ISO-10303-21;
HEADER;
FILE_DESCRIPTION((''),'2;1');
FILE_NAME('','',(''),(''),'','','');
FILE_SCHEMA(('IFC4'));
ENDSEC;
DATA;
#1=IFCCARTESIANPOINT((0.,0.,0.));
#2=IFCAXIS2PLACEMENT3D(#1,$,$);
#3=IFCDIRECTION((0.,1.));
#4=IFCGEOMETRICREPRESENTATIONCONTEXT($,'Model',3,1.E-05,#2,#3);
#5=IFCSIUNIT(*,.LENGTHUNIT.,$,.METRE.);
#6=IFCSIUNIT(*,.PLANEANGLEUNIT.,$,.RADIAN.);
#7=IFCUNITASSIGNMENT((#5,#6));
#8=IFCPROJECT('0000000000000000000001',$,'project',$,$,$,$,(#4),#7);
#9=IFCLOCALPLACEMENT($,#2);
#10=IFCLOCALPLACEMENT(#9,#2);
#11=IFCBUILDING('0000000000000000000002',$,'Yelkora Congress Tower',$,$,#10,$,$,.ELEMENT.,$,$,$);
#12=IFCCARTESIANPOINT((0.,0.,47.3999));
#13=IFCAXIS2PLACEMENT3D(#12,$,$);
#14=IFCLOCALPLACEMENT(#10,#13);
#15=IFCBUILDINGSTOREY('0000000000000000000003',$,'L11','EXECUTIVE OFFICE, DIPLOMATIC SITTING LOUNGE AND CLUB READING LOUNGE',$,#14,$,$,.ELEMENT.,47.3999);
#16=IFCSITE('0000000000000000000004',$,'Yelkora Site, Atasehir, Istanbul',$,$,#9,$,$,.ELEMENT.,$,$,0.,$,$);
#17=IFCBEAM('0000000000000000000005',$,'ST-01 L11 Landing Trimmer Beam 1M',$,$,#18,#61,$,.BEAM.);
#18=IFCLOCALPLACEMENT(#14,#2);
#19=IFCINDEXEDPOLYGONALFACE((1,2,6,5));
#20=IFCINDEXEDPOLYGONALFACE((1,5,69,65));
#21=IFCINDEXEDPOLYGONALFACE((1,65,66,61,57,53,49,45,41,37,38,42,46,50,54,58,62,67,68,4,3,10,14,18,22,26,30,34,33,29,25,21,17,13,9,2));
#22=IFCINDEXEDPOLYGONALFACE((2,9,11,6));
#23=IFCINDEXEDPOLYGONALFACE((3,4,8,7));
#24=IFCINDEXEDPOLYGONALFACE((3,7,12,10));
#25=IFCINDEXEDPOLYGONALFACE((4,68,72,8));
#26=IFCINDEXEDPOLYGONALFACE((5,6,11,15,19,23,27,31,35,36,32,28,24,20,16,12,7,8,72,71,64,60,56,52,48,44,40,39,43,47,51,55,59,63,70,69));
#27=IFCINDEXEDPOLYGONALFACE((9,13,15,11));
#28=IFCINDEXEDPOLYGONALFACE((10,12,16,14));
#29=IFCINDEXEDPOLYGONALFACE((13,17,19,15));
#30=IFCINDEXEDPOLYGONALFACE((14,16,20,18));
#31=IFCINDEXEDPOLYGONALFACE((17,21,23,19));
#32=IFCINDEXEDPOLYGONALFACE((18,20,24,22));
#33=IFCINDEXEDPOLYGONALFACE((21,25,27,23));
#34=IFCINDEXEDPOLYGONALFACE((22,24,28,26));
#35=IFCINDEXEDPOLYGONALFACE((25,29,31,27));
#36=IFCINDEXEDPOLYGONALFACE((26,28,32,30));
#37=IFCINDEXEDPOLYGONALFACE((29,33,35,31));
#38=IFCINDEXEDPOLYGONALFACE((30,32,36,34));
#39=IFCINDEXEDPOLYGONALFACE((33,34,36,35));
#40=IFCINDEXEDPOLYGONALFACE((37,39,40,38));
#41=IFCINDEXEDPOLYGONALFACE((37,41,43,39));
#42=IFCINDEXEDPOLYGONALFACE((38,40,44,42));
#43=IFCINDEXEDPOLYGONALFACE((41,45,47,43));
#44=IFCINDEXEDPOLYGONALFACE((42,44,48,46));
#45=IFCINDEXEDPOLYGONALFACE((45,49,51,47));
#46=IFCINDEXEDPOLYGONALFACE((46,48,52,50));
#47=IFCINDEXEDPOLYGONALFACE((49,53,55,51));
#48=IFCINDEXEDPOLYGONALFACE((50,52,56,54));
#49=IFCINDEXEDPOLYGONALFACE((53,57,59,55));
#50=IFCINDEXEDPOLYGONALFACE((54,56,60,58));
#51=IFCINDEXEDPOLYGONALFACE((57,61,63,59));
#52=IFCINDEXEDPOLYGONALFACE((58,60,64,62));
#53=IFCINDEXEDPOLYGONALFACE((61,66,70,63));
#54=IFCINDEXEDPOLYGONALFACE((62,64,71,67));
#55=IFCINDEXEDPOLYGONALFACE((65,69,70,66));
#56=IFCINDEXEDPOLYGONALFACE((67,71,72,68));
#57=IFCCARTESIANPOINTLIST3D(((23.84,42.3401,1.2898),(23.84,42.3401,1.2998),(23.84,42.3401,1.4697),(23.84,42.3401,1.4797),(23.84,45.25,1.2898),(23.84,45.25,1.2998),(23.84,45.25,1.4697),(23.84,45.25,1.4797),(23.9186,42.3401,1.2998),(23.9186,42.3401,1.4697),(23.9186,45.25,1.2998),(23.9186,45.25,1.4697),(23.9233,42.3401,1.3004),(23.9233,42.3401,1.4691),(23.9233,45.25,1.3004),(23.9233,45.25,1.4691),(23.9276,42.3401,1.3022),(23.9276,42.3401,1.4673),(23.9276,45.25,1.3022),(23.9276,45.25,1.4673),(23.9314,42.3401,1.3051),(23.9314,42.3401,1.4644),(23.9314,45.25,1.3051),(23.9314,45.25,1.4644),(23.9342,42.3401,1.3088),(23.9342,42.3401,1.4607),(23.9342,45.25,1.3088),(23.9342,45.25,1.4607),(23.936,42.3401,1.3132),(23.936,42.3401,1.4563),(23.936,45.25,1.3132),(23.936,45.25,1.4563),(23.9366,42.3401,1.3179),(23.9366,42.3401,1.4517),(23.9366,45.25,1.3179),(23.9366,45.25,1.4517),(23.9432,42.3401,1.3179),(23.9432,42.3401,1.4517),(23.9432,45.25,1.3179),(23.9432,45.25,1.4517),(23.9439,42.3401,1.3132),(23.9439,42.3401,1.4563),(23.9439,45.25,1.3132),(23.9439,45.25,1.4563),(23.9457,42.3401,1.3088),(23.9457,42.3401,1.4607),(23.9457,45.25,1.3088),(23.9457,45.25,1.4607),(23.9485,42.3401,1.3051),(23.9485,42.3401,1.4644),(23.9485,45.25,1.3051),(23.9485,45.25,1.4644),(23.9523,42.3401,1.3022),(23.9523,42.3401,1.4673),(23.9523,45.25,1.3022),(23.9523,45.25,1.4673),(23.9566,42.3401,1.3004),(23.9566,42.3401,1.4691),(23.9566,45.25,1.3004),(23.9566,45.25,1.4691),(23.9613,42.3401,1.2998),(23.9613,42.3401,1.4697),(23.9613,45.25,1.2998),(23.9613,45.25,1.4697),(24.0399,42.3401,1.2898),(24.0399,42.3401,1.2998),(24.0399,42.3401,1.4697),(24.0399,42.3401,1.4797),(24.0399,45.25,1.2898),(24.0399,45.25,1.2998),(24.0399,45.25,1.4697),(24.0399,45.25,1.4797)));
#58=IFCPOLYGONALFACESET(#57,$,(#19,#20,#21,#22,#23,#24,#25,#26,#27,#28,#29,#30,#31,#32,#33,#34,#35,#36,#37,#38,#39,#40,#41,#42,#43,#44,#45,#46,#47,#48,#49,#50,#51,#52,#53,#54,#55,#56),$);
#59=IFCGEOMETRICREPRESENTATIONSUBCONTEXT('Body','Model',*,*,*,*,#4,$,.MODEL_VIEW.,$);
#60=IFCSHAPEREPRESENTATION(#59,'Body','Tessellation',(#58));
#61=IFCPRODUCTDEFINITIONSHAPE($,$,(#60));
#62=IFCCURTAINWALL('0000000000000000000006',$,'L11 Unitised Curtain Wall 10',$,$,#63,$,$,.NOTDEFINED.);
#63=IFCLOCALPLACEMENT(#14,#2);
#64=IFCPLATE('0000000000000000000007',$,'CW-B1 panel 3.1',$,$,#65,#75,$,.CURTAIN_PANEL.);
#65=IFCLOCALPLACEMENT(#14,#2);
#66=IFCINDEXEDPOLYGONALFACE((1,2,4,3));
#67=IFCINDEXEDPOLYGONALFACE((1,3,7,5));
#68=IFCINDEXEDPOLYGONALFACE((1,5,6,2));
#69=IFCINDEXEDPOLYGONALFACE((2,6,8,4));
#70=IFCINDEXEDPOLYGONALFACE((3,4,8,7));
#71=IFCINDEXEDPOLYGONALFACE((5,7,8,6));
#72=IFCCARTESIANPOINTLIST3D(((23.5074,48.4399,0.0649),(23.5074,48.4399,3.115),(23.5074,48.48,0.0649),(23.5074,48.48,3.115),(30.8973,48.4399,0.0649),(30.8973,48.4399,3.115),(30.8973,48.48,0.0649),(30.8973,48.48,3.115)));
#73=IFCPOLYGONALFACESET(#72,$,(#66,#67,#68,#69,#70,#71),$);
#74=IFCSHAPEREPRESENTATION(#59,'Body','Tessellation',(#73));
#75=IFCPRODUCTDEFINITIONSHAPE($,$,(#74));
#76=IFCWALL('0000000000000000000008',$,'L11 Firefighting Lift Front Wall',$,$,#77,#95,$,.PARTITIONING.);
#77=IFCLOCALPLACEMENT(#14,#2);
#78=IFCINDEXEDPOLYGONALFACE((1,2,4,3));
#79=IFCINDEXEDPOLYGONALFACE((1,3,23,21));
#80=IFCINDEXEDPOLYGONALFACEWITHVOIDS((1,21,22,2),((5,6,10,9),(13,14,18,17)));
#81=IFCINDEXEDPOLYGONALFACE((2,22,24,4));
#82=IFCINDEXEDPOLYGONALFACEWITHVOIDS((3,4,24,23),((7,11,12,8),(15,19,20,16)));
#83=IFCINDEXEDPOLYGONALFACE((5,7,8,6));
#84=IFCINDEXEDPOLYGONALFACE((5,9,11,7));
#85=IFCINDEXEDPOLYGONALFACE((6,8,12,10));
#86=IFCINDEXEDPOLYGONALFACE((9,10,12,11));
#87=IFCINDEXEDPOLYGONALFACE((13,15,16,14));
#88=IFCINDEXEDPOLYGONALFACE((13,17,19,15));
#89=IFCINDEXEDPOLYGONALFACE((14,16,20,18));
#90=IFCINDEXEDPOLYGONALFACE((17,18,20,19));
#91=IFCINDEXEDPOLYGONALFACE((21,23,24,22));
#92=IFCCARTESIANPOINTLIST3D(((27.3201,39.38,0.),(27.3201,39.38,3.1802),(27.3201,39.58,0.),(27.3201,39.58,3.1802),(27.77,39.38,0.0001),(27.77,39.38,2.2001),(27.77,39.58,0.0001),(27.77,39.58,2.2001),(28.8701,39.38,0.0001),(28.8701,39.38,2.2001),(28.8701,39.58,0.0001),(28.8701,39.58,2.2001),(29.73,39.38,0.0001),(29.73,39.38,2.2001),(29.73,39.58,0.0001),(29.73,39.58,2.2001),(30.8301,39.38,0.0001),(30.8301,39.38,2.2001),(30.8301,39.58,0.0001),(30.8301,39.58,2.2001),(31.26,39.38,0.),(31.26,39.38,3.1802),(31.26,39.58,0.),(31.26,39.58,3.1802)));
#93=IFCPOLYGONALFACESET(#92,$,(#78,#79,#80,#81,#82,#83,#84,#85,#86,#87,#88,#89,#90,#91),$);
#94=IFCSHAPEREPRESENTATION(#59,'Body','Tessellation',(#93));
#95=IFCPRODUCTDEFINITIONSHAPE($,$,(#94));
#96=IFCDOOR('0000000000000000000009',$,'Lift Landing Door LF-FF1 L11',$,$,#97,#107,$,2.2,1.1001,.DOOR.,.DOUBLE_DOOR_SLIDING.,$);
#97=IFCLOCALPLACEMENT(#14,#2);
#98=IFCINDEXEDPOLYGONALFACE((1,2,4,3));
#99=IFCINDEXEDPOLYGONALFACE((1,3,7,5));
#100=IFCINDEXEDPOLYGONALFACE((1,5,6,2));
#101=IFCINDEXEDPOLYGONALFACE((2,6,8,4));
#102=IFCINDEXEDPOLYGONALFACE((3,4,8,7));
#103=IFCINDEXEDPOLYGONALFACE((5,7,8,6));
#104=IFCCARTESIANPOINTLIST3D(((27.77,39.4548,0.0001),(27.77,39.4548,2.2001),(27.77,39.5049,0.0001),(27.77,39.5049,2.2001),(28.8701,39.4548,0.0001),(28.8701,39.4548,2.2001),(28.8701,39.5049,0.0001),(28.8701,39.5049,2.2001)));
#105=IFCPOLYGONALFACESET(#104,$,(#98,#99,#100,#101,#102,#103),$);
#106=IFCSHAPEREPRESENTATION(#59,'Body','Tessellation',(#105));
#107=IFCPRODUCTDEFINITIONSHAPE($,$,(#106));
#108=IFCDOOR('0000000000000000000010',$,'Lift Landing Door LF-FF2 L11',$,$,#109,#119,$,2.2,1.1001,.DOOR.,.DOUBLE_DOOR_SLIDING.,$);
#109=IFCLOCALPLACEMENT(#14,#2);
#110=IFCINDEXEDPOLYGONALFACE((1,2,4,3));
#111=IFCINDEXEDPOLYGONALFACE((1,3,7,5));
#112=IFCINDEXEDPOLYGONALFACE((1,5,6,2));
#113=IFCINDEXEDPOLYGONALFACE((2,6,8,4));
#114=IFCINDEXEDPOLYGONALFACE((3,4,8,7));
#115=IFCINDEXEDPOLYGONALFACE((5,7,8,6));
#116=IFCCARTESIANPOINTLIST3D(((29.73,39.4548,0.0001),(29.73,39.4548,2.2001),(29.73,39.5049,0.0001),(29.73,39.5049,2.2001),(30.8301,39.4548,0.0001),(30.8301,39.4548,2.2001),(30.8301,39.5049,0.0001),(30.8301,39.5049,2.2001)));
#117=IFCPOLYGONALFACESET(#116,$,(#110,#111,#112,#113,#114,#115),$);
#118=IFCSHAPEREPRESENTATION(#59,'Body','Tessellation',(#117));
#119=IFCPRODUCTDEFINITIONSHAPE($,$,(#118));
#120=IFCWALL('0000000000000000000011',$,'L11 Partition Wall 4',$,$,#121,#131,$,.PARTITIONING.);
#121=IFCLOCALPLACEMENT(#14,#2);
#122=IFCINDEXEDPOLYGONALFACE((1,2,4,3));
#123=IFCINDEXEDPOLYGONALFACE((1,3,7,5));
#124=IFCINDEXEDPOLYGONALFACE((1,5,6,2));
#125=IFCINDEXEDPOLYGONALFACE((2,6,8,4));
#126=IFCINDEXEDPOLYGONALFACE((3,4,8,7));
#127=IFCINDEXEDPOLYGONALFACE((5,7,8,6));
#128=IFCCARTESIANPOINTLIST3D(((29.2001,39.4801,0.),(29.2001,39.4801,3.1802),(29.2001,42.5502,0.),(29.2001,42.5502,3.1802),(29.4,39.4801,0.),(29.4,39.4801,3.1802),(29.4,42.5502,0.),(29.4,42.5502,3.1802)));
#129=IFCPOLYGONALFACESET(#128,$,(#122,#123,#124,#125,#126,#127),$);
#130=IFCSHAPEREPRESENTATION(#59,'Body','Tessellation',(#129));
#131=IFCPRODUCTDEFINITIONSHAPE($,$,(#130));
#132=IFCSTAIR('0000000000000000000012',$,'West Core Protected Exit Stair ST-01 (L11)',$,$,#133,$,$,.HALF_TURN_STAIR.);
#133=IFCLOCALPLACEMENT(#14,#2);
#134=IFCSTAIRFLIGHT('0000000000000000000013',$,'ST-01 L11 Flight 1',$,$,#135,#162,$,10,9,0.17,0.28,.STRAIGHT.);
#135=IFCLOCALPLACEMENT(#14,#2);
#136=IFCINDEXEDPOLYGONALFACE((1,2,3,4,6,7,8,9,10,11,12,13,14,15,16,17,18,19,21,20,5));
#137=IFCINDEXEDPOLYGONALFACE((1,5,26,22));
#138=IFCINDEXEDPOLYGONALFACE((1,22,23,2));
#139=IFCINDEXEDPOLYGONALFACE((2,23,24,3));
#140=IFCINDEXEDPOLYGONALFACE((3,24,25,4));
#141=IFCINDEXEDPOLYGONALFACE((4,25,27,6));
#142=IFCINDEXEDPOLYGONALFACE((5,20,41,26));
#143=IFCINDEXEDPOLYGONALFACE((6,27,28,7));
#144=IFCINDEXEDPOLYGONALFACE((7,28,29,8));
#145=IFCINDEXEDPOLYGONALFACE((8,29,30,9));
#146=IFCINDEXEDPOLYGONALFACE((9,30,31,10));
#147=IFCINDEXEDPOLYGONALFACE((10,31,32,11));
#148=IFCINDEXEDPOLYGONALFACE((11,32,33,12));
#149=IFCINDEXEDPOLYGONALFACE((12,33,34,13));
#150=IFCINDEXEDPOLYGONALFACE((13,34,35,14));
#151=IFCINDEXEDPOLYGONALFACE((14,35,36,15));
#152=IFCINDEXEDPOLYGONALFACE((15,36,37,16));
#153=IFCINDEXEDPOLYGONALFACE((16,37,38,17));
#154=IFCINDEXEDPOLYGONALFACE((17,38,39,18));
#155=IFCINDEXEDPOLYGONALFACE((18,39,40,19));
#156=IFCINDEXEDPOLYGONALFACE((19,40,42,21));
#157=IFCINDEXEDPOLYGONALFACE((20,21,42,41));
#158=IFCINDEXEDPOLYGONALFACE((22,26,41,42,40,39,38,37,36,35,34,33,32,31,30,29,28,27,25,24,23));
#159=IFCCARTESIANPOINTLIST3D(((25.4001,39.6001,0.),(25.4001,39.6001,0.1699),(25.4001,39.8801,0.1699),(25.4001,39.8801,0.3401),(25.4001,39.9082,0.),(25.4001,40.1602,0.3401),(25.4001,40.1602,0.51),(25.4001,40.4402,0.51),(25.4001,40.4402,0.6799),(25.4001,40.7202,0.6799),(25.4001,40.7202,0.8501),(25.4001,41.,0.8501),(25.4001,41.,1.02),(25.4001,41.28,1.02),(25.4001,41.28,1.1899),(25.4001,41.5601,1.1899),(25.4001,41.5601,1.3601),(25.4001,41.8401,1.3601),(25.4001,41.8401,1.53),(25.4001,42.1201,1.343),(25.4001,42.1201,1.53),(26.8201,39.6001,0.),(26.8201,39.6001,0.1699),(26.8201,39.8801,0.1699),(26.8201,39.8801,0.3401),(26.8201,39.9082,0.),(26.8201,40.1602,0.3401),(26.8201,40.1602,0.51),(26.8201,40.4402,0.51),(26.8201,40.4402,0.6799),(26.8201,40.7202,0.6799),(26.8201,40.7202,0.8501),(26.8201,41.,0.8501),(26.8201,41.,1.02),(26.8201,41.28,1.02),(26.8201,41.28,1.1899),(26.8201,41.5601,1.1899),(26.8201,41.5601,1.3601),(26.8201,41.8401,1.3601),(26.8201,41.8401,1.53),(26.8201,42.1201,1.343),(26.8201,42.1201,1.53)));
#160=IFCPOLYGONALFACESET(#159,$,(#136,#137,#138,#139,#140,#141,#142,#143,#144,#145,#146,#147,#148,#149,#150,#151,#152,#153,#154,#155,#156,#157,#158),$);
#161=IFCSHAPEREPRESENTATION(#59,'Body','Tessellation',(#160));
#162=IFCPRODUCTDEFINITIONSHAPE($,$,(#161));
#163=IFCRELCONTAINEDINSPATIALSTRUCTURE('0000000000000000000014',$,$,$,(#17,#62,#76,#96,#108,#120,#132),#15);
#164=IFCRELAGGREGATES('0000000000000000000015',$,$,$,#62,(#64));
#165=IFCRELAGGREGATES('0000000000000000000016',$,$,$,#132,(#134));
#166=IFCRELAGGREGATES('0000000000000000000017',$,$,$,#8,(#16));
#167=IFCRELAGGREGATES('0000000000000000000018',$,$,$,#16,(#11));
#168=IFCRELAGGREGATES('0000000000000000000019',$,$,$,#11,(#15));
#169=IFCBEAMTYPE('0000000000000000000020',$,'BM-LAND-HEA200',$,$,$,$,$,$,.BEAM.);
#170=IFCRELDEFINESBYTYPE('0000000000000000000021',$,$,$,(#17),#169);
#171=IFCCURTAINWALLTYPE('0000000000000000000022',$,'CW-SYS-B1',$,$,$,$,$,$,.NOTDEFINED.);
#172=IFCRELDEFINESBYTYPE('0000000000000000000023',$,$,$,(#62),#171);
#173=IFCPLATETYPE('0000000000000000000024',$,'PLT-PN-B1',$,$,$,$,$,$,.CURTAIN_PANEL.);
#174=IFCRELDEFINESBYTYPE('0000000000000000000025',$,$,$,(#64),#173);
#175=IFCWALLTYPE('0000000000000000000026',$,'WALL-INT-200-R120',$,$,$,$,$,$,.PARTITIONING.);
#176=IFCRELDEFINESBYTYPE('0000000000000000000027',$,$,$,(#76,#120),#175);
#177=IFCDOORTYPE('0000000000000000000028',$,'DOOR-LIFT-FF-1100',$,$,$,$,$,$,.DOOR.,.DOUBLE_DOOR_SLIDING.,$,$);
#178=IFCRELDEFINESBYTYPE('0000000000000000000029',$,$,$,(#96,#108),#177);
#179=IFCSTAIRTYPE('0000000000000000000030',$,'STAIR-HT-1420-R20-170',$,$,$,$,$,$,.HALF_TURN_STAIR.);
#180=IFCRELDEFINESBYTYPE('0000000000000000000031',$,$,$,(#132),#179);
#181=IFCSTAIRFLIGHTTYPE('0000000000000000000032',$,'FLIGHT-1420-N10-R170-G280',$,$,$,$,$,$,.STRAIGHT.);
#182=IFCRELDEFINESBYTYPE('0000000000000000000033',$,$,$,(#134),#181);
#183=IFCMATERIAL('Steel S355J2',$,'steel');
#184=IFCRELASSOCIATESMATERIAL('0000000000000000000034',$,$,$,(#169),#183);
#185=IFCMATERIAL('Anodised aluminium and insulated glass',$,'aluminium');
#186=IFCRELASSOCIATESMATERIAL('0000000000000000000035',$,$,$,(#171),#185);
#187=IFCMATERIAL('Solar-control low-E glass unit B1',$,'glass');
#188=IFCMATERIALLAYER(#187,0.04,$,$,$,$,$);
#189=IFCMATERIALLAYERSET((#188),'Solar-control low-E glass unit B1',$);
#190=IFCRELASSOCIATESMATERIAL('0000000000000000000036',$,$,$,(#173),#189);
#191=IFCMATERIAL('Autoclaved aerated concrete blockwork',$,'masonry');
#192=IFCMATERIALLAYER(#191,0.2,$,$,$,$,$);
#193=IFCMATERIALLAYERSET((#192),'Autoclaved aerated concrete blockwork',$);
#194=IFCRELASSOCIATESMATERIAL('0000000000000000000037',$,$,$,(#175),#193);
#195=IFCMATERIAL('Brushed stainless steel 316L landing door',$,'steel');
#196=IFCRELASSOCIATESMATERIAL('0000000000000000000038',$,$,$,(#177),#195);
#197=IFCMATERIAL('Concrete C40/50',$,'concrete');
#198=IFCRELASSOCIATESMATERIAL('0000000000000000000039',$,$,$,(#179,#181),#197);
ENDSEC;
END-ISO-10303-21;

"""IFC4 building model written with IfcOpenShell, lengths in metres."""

from ifc_helpers import new_model, si_unit, direction, frame, frame_2d, origin, origin_2d, place, context, subcontext, project, spatial, polyline, rectangle, i_section, outline, extrude, material, layer, layer_set, material_profile, profile_set, type_object, element, fill, aggregate, save


model = new_model("IFC4")

# Units and contexts
model_context = context("Model", 3, precision=1e-05, world=origin(), true_north=direction((0.0, 1.0)))
body_context = subcontext(model_context, "Body", "Model", "MODEL_VIEW")
ifc_project = project(units=[si_unit("LENGTHUNIT", "METRE"), si_unit("PLANEANGLEUNIT", "RADIAN")], contexts=[model_context])

# Site, building, storey
site_placement = place(None, origin())
site = spatial("IfcSite", under=ifc_project, at=site_placement, Name="Yelkora Site, Atasehir, Istanbul", CompositionType="ELEMENT", RefElevation=0.0)
building_placement = place(site_placement, origin())
building = spatial("IfcBuilding", under=site, at=building_placement, Name="Yelkora Congress Tower", CompositionType="ELEMENT")
storey_placement = place(building_placement, frame((0.0, 0.0, 47.3999)))
storey = spatial("IfcBuildingStorey", under=building, at=storey_placement, Name="L11", Description="EXECUTIVE OFFICE, DIPLOMATIC SITTING LOUNGE AND CLUB READING LOUNGE", CompositionType="ELEMENT", Elevation=47.3999)

# Beam
ifc_material_1 = material(Name="Steel S355J2", Category="steel")
ifc_material_profile = material_profile(ifc_material_1, i_section(OverallWidth=0.2, OverallDepth=0.1899, WebThickness=0.0066, FlangeThickness=0.01, FilletRadius=0.0181, at=origin_2d()), Name="HEA 200")
ifc_profile_set = profile_set([ifc_material_profile], Name="Steel S355J2")
beam_type = type_object("IfcBeamType", Name="BM-LAND-HEA200", PredefinedType="BEAM", material=ifc_profile_set)
beam_placement = place(storey_placement, frame((23.9399, 42.3401, 1.3848), z_axis=(0.0, 1.0, 0.0), x_axis=(-1.0, 0.0, 0.0)))
element("IfcBeam", 1, at=beam_placement, inside=storey, type_object=beam_type, Name="ST-01 L11 Landing Trimmer Beam 1M", PredefinedType="BEAM", context=body_context, shape_type="SweptSolid", body=[
    extrude(i_section(OverallWidth=0.2, OverallDepth=0.1899, WebThickness=0.0066, FlangeThickness=0.01, FilletRadius=0.0181, at=origin_2d()), origin(), (0.0, 0.0, 1.0), 2.9099),
])

# Curtain wall, plate
ifc_material_2 = material(Name="Anodised aluminium and insulated glass", Category="aluminium")
curtain_wall_type = type_object("IfcCurtainWallType", Name="CW-SYS-B1", PredefinedType="NOTDEFINED", material=ifc_material_2)
curtain_wall_placement = place(storey_placement, origin())
curtain_wall = element("IfcCurtainWall", 2, at=curtain_wall_placement, inside=storey, type_object=curtain_wall_type, Name="L11 Unitised Curtain Wall 10", PredefinedType="NOTDEFINED")
ifc_material_3 = material(Name="Solar-control low-E glass unit B1", Category="glass")
ifc_layer_1 = layer(ifc_material_3, 0.04)
ifc_layer_set_1 = layer_set([ifc_layer_1], Name="Solar-control low-E glass unit B1")
plate_type = type_object("IfcPlateType", Name="PLT-PN-B1", PredefinedType="CURTAIN_PANEL", material=ifc_layer_set_1)
plate_placement = place(storey_placement, frame((27.2024, 48.46, 0.0649), z_axis=(0.0, 0.0, 1.0), x_axis=(1.0, 0.0, 0.0)))
plate = element("IfcPlate", 3, at=plate_placement, type_object=plate_type, Name="CW-B1 panel 3.1", PredefinedType="CURTAIN_PANEL", context=body_context, shape_type="SweptSolid", body=[
    extrude(rectangle(XDim=7.3899, YDim=0.04, at=origin_2d()), origin(), (0.0, 0.0, 1.0), 3.05),
])
aggregate(curtain_wall, [plate])

# Shared definitions
ifc_material_4 = material(Name="Autoclaved aerated concrete blockwork", Category="masonry")
ifc_layer_2 = layer(ifc_material_4, 0.2)
ifc_layer_set_2 = layer_set([ifc_layer_2], Name="Autoclaved aerated concrete blockwork")
wall_type_1 = type_object("IfcWallType", Name="WALL-INT-200-R120", PredefinedType="PARTITIONING", material=ifc_layer_set_2)

# Wall, openings, doors
wall_1_placement = place(storey_placement, frame((27.3201, 39.48, 0.0), z_axis=(0.0, 0.0, 1.0), x_axis=(1.0, 0.0, 0.0)))
wall_1 = element("IfcWall", 4, at=wall_1_placement, inside=storey, type_object=wall_type_1, Name="L11 Firefighting Lift Front Wall", PredefinedType="PARTITIONING", context=body_context, shape_type="SweptSolid", body=[
    extrude(rectangle(XDim=3.9399, YDim=0.2, at=frame_2d((1.97, 0.0))), origin(), (0.0, 0.0, 1.0), 3.1802),
])
opening_1_placement = place(wall_1_placement, frame((0.45, 0.0, 0.0)))
opening_1 = element("IfcOpeningElement", 5, at=opening_1_placement, cuts=wall_1, PredefinedType="OPENING", context=body_context, shape_type="SweptSolid", body=[
    extrude(rectangle(XDim=1.1001, YDim=2.2, at=frame_2d((0.55, 1.1001))), frame((0.0, 0.1099, 0.0), z_axis=(0.0, -1.0, 0.0), x_axis=(1.0, 0.0, 0.0)), (0.0, 0.0, 1.0), 0.22),
])
opening_2_placement = place(wall_1_placement, frame((2.4099, 0.0, 0.0)))
opening_2 = element("IfcOpeningElement", 6, at=opening_2_placement, cuts=wall_1, PredefinedType="OPENING", context=body_context, shape_type="SweptSolid", body=[
    extrude(rectangle(XDim=1.1001, YDim=2.2, at=frame_2d((0.55, 1.1001))), frame((0.0, 0.1099, 0.0), z_axis=(0.0, -1.0, 0.0), x_axis=(1.0, 0.0, 0.0)), (0.0, 0.0, 1.0), 0.22),
])
ifc_material_5 = material(Name="Brushed stainless steel 316L landing door", Category="steel")
door_type_1 = type_object("IfcDoorType", Name="DOOR-LIFT-FF-1100", OperationType="DOUBLE_DOOR_SLIDING", PredefinedType="DOOR", material=ifc_material_5)
door_1_placement = place(opening_1_placement, origin())
door_1 = element("IfcDoor", 7, at=door_1_placement, inside=storey, type_object=door_type_1, Name="Lift Landing Door LF-FF1 L11", OperationType="DOUBLE_DOOR_SLIDING", OverallHeight=2.2, OverallWidth=1.1001, PredefinedType="DOOR", context=body_context, shape_type="SweptSolid", body=[
    extrude(rectangle(XDim=1.1001, YDim=2.2, at=frame_2d((0.55, 1.1001))), frame((0.0, 0.0249, 0.0), z_axis=(0.0, -1.0, 0.0), x_axis=(1.0, 0.0, 0.0)), (0.0, 0.0, 1.0), 0.05),
])
fill(opening_1, door_1)
door_2_placement = place(opening_2_placement, origin())
door_2 = element("IfcDoor", 8, at=door_2_placement, inside=storey, type_object=door_type_1, Name="Lift Landing Door LF-FF2 L11", OperationType="DOUBLE_DOOR_SLIDING", OverallHeight=2.2, OverallWidth=1.1001, PredefinedType="DOOR", context=body_context, shape_type="SweptSolid", body=[
    extrude(rectangle(XDim=1.1001, YDim=2.2, at=frame_2d((0.55, 1.1001))), frame((0.0, 0.0249, 0.0), z_axis=(0.0, -1.0, 0.0), x_axis=(1.0, 0.0, 0.0)), (0.0, 0.0, 1.0), 0.05),
])
fill(opening_2, door_2)

# Wall
wall_2_placement = place(storey_placement, frame((29.3, 39.48, 0.0), z_axis=(0.0, 0.0, 1.0), x_axis=(0.0, 1.0, 0.0)))
element("IfcWall", 9, at=wall_2_placement, inside=storey, type_object=wall_type_1, Name="L11 Partition Wall 4", PredefinedType="PARTITIONING", context=body_context, shape_type="SweptSolid", body=[
    extrude(rectangle(XDim=3.0701, YDim=0.2, at=frame_2d((1.5352, 0.0))), origin(), (0.0, 0.0, 1.0), 3.1802),
])

# Stair, stair flight
ifc_material_6 = material(Name="Concrete C40/50", Category="concrete")
stair_type = type_object("IfcStairType", Name="STAIR-HT-1420-R20-170", PredefinedType="HALF_TURN_STAIR", material=ifc_material_6)
stair_placement = place(storey_placement, origin())
stair = element("IfcStair", 10, at=stair_placement, inside=storey, type_object=stair_type, Name="West Core Protected Exit Stair ST-01 (L11)", PredefinedType="HALF_TURN_STAIR")
stair_flight_type = type_object("IfcStairFlightType", Name="FLIGHT-1420-N10-R170-G280", PredefinedType="STRAIGHT", material=ifc_material_6)
stair_flight_1_placement = place(storey_placement, frame((26.1101, 39.6001, 0.0), z_axis=(0.0, 0.0, 1.0), x_axis=(0.0, 1.0, 0.0)))
stair_flight_1 = element("IfcStairFlight", 11, at=stair_flight_1_placement, type_object=stair_flight_type, Name="ST-01 L11 Flight 1", NumberOfRisers=10, NumberOfTreads=9, PredefinedType="STRAIGHT", RiserHeight=0.17, TreadLength=0.28, context=body_context, shape_type="SweptSolid", body=[
    extrude(outline(polyline([(0.0, 0.0), (0.0, 0.1699), (0.28, 0.1699), (0.28, 0.3401), (0.5601, 0.3401), (0.5601, 0.51), (0.8401, 0.51), (0.8401, 0.6799), (1.1201, 0.6799), (1.1201, 0.8501), (1.3999, 0.8501), (1.3999, 1.02), (1.6799, 1.02), (1.6799, 1.1899), (1.96, 1.1899), (1.96, 1.3601), (2.24, 1.3601), (2.24, 1.53), (2.52, 1.53), (2.52, 1.7), (2.52, 1.343), (0.3081, 0.0), (0.0, 0.0)])), frame((0.0, 0.71, 0.0), z_axis=(0.0, -1.0, 0.0), x_axis=(1.0, 0.0, 0.0)), (0.0, 0.0, 1.0), 1.4199),
])
aggregate(stair, [stair_flight_1])

save(model, "model.ifc")
